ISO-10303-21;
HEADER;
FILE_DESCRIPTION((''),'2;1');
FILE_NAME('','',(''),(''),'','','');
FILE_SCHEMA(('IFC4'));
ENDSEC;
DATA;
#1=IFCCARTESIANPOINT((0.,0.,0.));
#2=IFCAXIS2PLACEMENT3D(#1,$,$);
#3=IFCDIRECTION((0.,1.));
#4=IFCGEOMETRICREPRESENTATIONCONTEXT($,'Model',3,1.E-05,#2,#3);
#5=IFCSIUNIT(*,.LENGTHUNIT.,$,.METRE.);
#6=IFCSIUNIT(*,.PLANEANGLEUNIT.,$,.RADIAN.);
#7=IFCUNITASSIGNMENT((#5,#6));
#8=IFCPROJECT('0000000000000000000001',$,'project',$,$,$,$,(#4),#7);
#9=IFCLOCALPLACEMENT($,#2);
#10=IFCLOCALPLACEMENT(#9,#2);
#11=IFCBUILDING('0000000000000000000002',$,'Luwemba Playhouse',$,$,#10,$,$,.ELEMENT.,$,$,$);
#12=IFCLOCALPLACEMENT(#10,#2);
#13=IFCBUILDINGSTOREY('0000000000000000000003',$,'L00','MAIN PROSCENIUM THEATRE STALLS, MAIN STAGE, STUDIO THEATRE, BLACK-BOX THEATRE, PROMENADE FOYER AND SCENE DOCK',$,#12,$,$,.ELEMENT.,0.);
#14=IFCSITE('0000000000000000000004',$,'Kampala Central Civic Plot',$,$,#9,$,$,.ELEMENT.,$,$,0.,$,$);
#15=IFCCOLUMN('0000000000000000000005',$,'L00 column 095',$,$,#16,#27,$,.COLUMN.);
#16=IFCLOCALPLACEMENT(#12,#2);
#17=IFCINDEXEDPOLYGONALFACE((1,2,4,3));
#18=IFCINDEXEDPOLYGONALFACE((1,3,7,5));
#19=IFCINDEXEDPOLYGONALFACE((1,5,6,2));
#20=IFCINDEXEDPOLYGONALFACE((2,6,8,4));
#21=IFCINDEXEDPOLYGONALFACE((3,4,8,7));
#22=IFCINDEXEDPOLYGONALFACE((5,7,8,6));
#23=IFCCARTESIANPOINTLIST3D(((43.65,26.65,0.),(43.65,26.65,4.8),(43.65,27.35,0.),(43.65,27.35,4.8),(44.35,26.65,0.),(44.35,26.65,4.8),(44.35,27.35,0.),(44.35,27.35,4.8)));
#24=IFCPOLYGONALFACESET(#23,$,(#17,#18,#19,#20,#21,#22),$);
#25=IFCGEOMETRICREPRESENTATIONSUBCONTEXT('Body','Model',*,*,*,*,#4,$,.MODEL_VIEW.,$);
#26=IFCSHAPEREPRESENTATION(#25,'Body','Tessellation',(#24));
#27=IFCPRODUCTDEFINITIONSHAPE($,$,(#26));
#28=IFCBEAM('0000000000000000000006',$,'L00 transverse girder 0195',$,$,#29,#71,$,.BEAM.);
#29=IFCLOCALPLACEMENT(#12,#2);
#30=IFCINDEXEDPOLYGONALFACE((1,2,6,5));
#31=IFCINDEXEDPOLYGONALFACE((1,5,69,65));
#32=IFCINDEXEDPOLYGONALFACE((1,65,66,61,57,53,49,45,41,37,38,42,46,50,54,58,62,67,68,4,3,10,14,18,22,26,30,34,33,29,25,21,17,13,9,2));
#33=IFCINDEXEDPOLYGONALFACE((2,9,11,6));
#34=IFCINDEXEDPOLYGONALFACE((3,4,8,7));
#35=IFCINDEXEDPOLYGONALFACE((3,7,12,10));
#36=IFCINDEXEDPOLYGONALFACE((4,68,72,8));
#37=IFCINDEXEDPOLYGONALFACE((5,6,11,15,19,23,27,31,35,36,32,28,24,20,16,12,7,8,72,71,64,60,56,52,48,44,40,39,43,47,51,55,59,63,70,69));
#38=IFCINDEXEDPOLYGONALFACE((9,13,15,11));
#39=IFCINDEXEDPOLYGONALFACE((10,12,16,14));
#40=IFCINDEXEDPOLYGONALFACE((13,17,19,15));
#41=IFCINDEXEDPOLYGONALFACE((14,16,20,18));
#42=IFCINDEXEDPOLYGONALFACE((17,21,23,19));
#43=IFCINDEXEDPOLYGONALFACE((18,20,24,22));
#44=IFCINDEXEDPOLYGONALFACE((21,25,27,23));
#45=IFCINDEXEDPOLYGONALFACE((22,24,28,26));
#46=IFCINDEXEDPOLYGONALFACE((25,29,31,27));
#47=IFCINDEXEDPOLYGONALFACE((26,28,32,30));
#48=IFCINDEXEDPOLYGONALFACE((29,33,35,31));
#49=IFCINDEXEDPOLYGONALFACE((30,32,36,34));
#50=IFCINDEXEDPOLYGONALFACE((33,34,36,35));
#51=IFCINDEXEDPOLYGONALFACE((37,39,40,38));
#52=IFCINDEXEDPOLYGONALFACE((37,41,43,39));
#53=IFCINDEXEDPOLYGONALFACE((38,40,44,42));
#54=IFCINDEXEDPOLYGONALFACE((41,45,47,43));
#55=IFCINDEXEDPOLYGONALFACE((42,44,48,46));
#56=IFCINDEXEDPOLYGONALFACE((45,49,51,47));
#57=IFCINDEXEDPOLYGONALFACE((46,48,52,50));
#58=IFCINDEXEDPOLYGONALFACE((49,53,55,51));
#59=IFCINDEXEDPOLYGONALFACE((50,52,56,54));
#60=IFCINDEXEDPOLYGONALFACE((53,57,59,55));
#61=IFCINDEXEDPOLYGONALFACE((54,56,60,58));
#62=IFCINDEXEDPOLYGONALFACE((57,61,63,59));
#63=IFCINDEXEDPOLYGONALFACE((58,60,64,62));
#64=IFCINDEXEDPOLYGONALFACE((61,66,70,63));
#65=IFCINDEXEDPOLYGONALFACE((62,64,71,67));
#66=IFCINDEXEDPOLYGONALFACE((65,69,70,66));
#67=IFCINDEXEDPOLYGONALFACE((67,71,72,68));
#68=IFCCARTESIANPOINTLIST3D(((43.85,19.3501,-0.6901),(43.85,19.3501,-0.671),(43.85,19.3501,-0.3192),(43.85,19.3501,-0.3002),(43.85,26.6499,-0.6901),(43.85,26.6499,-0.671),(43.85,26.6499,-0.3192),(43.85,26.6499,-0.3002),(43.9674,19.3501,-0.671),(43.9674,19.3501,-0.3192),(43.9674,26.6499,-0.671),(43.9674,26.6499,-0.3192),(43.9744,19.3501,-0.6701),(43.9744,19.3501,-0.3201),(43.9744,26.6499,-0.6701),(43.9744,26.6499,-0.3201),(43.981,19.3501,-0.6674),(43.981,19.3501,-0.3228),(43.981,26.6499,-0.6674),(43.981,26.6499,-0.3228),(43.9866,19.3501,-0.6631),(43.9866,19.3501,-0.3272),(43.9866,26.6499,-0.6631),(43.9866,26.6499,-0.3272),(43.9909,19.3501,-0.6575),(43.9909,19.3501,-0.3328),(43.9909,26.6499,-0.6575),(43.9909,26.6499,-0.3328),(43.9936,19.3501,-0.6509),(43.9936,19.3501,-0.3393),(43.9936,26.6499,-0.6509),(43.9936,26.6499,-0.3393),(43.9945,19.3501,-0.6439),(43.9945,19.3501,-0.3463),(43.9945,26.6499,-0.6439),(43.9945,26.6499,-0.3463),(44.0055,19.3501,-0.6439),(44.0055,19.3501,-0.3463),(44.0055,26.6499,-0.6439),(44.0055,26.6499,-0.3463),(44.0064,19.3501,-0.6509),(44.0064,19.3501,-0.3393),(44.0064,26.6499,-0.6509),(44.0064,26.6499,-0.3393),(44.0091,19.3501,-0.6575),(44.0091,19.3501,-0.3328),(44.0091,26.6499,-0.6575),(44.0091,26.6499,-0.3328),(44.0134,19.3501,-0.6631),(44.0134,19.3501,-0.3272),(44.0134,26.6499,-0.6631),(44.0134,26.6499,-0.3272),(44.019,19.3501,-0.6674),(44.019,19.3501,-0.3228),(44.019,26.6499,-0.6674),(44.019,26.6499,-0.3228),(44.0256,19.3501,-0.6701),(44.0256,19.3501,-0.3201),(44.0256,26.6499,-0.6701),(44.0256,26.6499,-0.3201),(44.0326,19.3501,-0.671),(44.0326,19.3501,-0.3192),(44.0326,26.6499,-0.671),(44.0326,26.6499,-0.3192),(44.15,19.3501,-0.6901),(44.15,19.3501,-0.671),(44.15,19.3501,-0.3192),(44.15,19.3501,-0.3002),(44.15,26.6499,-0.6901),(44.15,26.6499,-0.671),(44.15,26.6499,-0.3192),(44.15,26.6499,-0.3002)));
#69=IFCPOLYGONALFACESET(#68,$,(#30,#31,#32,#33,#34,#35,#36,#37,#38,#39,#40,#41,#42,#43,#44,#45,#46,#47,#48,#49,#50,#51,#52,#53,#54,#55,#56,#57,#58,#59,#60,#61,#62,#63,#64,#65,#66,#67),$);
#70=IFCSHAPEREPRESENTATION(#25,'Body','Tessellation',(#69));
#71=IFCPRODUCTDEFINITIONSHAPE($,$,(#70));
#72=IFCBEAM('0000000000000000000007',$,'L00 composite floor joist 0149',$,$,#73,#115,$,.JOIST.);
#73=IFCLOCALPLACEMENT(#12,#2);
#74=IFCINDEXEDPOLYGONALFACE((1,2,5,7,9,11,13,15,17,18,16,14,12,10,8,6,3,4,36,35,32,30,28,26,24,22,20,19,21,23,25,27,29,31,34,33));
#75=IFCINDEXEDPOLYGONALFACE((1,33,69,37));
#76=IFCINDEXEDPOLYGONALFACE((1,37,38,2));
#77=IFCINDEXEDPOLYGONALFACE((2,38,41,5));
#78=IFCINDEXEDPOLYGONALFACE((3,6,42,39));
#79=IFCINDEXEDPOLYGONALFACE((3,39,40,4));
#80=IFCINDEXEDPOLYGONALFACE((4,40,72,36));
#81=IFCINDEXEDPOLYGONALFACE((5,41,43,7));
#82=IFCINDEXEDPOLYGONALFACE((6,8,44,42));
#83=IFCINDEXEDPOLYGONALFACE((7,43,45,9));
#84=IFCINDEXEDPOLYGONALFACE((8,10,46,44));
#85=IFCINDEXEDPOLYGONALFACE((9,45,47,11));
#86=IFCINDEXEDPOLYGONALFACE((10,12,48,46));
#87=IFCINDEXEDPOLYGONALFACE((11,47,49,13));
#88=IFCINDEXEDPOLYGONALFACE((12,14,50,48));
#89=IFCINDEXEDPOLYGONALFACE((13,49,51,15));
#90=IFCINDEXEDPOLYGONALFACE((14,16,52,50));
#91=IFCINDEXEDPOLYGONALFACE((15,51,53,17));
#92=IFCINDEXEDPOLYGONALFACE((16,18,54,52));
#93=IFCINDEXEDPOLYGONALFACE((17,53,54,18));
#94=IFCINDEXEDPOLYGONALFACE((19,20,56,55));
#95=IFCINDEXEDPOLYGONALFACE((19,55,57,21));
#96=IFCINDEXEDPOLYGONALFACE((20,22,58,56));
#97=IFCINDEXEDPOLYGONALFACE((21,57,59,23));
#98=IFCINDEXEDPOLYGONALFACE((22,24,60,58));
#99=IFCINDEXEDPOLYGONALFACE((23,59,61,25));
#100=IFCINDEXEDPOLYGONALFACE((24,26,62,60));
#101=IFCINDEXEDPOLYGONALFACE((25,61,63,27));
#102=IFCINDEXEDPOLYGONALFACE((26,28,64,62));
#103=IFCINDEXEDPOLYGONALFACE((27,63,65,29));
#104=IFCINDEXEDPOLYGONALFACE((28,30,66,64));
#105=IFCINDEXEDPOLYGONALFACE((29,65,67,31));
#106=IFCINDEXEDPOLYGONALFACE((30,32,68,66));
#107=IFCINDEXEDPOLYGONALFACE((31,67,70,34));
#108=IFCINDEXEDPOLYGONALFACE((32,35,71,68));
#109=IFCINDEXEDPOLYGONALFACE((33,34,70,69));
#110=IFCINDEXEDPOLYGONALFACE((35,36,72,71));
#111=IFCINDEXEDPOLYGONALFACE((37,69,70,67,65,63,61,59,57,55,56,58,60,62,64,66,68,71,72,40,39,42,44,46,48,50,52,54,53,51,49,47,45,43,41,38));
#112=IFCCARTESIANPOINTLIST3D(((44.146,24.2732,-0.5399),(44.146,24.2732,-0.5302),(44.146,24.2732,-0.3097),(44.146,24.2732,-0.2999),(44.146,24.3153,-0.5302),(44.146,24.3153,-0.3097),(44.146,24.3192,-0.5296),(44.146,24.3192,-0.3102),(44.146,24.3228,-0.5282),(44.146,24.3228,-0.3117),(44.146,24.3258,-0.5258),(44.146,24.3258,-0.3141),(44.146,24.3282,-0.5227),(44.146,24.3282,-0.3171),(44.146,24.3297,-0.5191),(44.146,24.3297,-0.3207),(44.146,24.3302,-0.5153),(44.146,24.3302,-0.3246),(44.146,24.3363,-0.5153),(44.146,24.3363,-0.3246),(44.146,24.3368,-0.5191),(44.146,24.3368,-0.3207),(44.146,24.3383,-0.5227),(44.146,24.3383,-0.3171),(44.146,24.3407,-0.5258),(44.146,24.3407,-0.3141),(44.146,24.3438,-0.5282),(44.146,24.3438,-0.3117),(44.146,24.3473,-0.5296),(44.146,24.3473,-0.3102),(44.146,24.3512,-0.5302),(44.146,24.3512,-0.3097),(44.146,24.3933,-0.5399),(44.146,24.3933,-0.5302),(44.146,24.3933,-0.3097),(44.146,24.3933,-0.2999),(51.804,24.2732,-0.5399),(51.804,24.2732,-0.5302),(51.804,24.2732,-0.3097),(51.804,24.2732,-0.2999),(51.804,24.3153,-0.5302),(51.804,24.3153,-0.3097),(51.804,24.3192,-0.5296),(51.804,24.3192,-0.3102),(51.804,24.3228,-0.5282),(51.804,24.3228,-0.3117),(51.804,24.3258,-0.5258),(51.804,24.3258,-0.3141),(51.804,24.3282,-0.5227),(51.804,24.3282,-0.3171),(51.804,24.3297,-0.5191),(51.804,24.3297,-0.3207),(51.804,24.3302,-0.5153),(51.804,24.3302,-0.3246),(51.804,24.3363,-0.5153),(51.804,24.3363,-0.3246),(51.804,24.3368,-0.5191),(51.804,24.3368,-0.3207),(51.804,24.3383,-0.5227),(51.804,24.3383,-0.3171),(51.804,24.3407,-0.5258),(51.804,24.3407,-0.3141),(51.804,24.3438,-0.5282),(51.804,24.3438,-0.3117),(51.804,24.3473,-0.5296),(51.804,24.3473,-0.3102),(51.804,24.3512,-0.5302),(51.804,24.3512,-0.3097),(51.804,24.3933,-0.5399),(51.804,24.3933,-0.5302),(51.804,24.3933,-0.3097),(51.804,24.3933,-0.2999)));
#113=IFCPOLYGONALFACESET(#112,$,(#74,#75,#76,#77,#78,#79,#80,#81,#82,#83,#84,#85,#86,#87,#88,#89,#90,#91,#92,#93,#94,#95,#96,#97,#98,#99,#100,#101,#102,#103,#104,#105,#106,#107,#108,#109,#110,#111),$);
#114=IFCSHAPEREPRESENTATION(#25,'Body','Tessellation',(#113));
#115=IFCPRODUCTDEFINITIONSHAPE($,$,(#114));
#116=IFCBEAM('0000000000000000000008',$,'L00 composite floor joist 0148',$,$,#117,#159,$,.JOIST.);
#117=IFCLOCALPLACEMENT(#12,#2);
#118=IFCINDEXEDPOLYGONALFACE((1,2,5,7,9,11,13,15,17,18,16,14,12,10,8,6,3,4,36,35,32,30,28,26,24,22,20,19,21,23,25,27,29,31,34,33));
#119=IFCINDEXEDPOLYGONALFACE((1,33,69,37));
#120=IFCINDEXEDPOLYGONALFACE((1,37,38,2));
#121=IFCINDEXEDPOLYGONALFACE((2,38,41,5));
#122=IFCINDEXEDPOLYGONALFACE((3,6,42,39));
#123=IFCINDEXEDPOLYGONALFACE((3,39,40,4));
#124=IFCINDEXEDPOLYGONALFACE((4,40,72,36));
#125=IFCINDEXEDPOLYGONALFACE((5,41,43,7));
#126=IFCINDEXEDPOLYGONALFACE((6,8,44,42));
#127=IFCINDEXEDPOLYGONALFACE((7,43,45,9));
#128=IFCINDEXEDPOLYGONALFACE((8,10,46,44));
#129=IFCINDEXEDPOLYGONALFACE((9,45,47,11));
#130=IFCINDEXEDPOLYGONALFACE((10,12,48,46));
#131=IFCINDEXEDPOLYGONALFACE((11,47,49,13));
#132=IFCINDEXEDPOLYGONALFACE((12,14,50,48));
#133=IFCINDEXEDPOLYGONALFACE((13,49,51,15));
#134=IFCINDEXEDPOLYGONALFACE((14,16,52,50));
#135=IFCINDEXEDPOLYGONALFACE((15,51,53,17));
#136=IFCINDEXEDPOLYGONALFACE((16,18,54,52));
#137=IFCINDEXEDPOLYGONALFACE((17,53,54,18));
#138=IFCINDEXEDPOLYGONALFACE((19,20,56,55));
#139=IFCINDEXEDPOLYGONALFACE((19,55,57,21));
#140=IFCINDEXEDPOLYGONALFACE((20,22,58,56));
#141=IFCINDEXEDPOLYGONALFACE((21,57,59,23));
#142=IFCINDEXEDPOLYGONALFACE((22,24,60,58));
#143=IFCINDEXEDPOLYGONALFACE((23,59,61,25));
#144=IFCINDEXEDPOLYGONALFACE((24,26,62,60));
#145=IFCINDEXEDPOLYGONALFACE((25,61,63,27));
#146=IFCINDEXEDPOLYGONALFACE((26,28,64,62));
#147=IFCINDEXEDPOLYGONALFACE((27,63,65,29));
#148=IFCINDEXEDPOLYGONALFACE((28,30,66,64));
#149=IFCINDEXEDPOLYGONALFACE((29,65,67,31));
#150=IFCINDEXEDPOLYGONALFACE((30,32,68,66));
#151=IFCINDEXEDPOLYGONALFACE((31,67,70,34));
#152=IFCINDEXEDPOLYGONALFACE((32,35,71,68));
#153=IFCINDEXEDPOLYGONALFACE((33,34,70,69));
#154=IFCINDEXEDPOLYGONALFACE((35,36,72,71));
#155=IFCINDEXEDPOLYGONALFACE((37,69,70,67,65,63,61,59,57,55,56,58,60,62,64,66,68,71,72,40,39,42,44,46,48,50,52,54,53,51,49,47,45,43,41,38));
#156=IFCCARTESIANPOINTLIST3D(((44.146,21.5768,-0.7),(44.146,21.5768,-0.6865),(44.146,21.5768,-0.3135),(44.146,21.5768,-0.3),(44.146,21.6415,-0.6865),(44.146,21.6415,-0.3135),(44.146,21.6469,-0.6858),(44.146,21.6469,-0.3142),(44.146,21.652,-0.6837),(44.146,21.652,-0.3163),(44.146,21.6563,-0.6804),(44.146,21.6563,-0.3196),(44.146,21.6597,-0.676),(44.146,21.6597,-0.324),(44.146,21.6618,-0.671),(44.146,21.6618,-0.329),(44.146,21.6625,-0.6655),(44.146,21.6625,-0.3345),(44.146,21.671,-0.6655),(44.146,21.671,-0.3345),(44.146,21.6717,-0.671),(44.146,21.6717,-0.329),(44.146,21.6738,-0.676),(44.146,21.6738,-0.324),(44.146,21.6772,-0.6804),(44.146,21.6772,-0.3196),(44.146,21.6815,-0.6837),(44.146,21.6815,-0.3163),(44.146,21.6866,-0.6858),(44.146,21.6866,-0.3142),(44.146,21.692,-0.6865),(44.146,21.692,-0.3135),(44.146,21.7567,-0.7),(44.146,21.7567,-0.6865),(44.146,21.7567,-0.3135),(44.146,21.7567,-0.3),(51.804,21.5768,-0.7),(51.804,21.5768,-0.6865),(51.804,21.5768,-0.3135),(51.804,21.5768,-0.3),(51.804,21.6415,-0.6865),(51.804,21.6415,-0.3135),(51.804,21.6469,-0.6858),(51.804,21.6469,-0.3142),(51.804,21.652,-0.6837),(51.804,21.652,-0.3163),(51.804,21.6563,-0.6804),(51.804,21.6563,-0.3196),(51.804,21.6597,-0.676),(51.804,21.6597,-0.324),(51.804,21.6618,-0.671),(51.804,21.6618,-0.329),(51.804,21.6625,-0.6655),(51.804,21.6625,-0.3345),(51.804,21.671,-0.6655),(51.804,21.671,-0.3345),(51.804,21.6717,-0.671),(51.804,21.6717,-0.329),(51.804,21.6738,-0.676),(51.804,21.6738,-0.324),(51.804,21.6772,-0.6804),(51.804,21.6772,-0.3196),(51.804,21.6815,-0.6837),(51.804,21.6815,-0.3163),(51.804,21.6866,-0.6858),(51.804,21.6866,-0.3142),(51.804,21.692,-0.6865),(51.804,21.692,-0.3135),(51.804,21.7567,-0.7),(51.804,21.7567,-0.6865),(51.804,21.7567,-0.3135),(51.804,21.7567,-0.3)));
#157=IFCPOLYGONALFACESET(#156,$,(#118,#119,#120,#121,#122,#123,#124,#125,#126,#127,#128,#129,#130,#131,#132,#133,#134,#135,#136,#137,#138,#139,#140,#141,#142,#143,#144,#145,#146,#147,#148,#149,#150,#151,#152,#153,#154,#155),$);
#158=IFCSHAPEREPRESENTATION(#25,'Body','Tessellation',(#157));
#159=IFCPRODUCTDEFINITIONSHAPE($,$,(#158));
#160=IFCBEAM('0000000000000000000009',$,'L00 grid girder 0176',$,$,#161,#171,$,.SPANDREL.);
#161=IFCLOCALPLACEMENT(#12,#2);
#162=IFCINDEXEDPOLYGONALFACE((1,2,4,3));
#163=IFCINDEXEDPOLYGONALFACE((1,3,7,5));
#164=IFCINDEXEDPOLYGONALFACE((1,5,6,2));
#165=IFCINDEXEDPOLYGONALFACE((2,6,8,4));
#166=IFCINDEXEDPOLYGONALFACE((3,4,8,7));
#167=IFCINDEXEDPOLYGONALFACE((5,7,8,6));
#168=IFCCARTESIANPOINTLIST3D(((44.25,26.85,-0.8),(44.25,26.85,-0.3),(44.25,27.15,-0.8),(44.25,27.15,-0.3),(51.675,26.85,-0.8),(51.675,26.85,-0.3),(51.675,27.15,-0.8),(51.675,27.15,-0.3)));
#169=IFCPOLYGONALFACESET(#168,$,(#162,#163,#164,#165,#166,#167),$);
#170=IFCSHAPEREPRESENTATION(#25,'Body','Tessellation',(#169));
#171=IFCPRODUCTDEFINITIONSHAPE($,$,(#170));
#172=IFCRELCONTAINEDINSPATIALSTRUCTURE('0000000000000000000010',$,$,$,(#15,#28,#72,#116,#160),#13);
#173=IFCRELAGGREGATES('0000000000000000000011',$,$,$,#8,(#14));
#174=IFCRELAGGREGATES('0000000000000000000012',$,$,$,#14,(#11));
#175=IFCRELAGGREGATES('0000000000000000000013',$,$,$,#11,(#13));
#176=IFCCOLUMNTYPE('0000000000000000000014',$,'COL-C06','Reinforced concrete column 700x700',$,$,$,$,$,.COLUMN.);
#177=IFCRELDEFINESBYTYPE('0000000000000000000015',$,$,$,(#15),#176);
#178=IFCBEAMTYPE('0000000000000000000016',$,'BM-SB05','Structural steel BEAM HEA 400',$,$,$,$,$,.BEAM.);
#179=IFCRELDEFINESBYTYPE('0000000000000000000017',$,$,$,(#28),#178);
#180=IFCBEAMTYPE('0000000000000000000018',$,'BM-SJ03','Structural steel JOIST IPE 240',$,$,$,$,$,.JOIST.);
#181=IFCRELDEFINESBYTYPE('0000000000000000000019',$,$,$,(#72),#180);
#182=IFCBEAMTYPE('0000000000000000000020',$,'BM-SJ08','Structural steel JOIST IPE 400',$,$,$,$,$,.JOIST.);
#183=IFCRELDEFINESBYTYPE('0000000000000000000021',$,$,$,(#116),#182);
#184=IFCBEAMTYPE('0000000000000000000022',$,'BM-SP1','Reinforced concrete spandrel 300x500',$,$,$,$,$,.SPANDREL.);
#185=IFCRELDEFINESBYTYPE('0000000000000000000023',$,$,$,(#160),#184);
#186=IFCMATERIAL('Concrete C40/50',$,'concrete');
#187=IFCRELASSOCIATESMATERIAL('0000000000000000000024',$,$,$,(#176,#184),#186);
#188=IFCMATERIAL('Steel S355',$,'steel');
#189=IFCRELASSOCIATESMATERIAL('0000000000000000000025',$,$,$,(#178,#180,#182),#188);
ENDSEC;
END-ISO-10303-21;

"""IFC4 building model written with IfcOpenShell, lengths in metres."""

from ifc_helpers import new_model, si_unit, direction, frame, origin, origin_2d, place, context, subcontext, project, spatial, rectangle, i_section, extrude, material, material_profile, profile_set, type_object, element, save


model = new_model("IFC4")

# Units and contexts
model_context = context("Model", 3, precision=1e-05, world=origin(), true_north=direction((0.0, 1.0)))
body_context = subcontext(model_context, "Body", "Model", "MODEL_VIEW")
ifc_project = project(units=[si_unit("LENGTHUNIT", "METRE"), si_unit("PLANEANGLEUNIT", "RADIAN")], contexts=[model_context])

# Site, building, storey
site_placement = place(None, origin())
site = spatial("IfcSite", under=ifc_project, at=site_placement, Name="Kampala Central Civic Plot", CompositionType="ELEMENT", RefElevation=0.0)
building_placement = place(site_placement, origin())
building = spatial("IfcBuilding", under=site, at=building_placement, Name="Luwemba Playhouse", CompositionType="ELEMENT")
storey_placement = place(building_placement, origin())
storey = spatial("IfcBuildingStorey", under=building, at=storey_placement, Name="L00", Description="MAIN PROSCENIUM THEATRE STALLS, MAIN STAGE, STUDIO THEATRE, BLACK-BOX THEATRE, PROMENADE FOYER AND SCENE DOCK", CompositionType="ELEMENT", Elevation=0.0)

# Column
ifc_material_1 = material(Name="Concrete C40/50", Category="concrete")
ifc_material_profile_1 = material_profile(ifc_material_1, rectangle(XDim=0.7, YDim=0.7, at=origin_2d()))
ifc_profile_set_1 = profile_set([ifc_material_profile_1], Name="Concrete C40/50")
column_type = type_object("IfcColumnType", Name="COL-C06", Description="Reinforced concrete column 700x700", PredefinedType="COLUMN", material=ifc_profile_set_1)
column_placement = place(storey_placement, frame((44.0, 27.0, 0.0), z_axis=(0.0, 0.0, 1.0), x_axis=(1.0, 0.0, 0.0)))
element("IfcColumn", 1, at=column_placement, inside=storey, type_object=column_type, Name="L00 column 095", PredefinedType="COLUMN", context=body_context, shape_type="SweptSolid", body=[
    extrude(rectangle(XDim=0.7, YDim=0.7, at=origin_2d()), origin(), (0.0, 0.0, 1.0), 4.8),
])

# Beams
ifc_material_2 = material(Name="Steel S355", Category="steel")
ifc_material_profile_2 = material_profile(ifc_material_2, i_section(OverallWidth=0.3, OverallDepth=0.3899, WebThickness=0.011, FlangeThickness=0.019, FilletRadius=0.0271, at=origin_2d()))
ifc_profile_set_2 = profile_set([ifc_material_profile_2], Name="Steel S355")
beam_type_1 = type_object("IfcBeamType", Name="BM-SB05", Description="Structural steel BEAM HEA 400", PredefinedType="BEAM", material=ifc_profile_set_2)
beam_1_placement = place(storey_placement, frame((44.0, 19.3501, -0.4951), z_axis=(0.0, 1.0, 0.0), x_axis=(-1.0, 0.0, 0.0)))
element("IfcBeam", 2, at=beam_1_placement, inside=storey, type_object=beam_type_1, Name="L00 transverse girder 0195", PredefinedType="BEAM", context=body_context, shape_type="SweptSolid", body=[
    extrude(i_section(OverallWidth=0.3, OverallDepth=0.3899, WebThickness=0.011, FlangeThickness=0.019, FilletRadius=0.0271, at=origin_2d()), origin(), (0.0, 0.0, 1.0), 7.2998),
])
ifc_material_profile_3 = material_profile(ifc_material_2, i_section(OverallWidth=0.1201, OverallDepth=0.24, WebThickness=0.0061, FlangeThickness=0.0098, FilletRadius=0.0149, at=origin_2d()))
ifc_profile_set_3 = profile_set([ifc_material_profile_3], Name="Steel S355")
beam_type_2 = type_object("IfcBeamType", Name="BM-SJ03", Description="Structural steel JOIST IPE 240", PredefinedType="JOIST", material=ifc_profile_set_3)
beam_2_placement = place(storey_placement, frame((44.146, 24.3333, -0.4199), z_axis=(1.0, 0.0, 0.0), x_axis=(0.0, 1.0, 0.0)))
element("IfcBeam", 3, at=beam_2_placement, inside=storey, type_object=beam_type_2, Name="L00 composite floor joist 0149", PredefinedType="JOIST", context=body_context, shape_type="SweptSolid", body=[
    extrude(i_section(OverallWidth=0.1201, OverallDepth=0.24, WebThickness=0.0061, FlangeThickness=0.0098, FilletRadius=0.0149, at=origin_2d()), origin(), (0.0, 0.0, 1.0), 7.658),
])
ifc_material_profile_4 = material_profile(ifc_material_2, i_section(OverallWidth=0.1799, OverallDepth=0.3999, WebThickness=0.0085, FlangeThickness=0.0134, FilletRadius=0.021, at=origin_2d()))
ifc_profile_set_4 = profile_set([ifc_material_profile_4], Name="Steel S355")
beam_type_3 = type_object("IfcBeamType", Name="BM-SJ08", Description="Structural steel JOIST IPE 400", PredefinedType="JOIST", material=ifc_profile_set_4)
beam_3_placement = place(storey_placement, frame((44.146, 21.6667, -0.5), z_axis=(1.0, 0.0, 0.0), x_axis=(0.0, 1.0, 0.0)))
element("IfcBeam", 4, at=beam_3_placement, inside=storey, type_object=beam_type_3, Name="L00 composite floor joist 0148", PredefinedType="JOIST", context=body_context, shape_type="SweptSolid", body=[
    extrude(i_section(OverallWidth=0.1799, OverallDepth=0.3999, WebThickness=0.0085, FlangeThickness=0.0134, FilletRadius=0.021, at=origin_2d()), origin(), (0.0, 0.0, 1.0), 7.658),
])
ifc_material_profile_5 = material_profile(ifc_material_1, rectangle(XDim=0.3, YDim=0.5, at=origin_2d()))
ifc_profile_set_5 = profile_set([ifc_material_profile_5], Name="Concrete C40/50")
beam_type_4 = type_object("IfcBeamType", Name="BM-SP1", Description="Reinforced concrete spandrel 300x500", PredefinedType="SPANDREL", material=ifc_profile_set_5)
beam_4_placement = place(storey_placement, frame((44.25, 27.0, -0.55), z_axis=(1.0, 0.0, 0.0), x_axis=(0.0, 1.0, 0.0)))
element("IfcBeam", 5, at=beam_4_placement, inside=storey, type_object=beam_type_4, Name="L00 grid girder 0176", PredefinedType="SPANDREL", context=body_context, shape_type="SweptSolid", body=[
    extrude(rectangle(XDim=0.3, YDim=0.5, at=origin_2d()), origin(), (0.0, 0.0, 1.0), 7.425),
])

save(model, "model.ifc")
